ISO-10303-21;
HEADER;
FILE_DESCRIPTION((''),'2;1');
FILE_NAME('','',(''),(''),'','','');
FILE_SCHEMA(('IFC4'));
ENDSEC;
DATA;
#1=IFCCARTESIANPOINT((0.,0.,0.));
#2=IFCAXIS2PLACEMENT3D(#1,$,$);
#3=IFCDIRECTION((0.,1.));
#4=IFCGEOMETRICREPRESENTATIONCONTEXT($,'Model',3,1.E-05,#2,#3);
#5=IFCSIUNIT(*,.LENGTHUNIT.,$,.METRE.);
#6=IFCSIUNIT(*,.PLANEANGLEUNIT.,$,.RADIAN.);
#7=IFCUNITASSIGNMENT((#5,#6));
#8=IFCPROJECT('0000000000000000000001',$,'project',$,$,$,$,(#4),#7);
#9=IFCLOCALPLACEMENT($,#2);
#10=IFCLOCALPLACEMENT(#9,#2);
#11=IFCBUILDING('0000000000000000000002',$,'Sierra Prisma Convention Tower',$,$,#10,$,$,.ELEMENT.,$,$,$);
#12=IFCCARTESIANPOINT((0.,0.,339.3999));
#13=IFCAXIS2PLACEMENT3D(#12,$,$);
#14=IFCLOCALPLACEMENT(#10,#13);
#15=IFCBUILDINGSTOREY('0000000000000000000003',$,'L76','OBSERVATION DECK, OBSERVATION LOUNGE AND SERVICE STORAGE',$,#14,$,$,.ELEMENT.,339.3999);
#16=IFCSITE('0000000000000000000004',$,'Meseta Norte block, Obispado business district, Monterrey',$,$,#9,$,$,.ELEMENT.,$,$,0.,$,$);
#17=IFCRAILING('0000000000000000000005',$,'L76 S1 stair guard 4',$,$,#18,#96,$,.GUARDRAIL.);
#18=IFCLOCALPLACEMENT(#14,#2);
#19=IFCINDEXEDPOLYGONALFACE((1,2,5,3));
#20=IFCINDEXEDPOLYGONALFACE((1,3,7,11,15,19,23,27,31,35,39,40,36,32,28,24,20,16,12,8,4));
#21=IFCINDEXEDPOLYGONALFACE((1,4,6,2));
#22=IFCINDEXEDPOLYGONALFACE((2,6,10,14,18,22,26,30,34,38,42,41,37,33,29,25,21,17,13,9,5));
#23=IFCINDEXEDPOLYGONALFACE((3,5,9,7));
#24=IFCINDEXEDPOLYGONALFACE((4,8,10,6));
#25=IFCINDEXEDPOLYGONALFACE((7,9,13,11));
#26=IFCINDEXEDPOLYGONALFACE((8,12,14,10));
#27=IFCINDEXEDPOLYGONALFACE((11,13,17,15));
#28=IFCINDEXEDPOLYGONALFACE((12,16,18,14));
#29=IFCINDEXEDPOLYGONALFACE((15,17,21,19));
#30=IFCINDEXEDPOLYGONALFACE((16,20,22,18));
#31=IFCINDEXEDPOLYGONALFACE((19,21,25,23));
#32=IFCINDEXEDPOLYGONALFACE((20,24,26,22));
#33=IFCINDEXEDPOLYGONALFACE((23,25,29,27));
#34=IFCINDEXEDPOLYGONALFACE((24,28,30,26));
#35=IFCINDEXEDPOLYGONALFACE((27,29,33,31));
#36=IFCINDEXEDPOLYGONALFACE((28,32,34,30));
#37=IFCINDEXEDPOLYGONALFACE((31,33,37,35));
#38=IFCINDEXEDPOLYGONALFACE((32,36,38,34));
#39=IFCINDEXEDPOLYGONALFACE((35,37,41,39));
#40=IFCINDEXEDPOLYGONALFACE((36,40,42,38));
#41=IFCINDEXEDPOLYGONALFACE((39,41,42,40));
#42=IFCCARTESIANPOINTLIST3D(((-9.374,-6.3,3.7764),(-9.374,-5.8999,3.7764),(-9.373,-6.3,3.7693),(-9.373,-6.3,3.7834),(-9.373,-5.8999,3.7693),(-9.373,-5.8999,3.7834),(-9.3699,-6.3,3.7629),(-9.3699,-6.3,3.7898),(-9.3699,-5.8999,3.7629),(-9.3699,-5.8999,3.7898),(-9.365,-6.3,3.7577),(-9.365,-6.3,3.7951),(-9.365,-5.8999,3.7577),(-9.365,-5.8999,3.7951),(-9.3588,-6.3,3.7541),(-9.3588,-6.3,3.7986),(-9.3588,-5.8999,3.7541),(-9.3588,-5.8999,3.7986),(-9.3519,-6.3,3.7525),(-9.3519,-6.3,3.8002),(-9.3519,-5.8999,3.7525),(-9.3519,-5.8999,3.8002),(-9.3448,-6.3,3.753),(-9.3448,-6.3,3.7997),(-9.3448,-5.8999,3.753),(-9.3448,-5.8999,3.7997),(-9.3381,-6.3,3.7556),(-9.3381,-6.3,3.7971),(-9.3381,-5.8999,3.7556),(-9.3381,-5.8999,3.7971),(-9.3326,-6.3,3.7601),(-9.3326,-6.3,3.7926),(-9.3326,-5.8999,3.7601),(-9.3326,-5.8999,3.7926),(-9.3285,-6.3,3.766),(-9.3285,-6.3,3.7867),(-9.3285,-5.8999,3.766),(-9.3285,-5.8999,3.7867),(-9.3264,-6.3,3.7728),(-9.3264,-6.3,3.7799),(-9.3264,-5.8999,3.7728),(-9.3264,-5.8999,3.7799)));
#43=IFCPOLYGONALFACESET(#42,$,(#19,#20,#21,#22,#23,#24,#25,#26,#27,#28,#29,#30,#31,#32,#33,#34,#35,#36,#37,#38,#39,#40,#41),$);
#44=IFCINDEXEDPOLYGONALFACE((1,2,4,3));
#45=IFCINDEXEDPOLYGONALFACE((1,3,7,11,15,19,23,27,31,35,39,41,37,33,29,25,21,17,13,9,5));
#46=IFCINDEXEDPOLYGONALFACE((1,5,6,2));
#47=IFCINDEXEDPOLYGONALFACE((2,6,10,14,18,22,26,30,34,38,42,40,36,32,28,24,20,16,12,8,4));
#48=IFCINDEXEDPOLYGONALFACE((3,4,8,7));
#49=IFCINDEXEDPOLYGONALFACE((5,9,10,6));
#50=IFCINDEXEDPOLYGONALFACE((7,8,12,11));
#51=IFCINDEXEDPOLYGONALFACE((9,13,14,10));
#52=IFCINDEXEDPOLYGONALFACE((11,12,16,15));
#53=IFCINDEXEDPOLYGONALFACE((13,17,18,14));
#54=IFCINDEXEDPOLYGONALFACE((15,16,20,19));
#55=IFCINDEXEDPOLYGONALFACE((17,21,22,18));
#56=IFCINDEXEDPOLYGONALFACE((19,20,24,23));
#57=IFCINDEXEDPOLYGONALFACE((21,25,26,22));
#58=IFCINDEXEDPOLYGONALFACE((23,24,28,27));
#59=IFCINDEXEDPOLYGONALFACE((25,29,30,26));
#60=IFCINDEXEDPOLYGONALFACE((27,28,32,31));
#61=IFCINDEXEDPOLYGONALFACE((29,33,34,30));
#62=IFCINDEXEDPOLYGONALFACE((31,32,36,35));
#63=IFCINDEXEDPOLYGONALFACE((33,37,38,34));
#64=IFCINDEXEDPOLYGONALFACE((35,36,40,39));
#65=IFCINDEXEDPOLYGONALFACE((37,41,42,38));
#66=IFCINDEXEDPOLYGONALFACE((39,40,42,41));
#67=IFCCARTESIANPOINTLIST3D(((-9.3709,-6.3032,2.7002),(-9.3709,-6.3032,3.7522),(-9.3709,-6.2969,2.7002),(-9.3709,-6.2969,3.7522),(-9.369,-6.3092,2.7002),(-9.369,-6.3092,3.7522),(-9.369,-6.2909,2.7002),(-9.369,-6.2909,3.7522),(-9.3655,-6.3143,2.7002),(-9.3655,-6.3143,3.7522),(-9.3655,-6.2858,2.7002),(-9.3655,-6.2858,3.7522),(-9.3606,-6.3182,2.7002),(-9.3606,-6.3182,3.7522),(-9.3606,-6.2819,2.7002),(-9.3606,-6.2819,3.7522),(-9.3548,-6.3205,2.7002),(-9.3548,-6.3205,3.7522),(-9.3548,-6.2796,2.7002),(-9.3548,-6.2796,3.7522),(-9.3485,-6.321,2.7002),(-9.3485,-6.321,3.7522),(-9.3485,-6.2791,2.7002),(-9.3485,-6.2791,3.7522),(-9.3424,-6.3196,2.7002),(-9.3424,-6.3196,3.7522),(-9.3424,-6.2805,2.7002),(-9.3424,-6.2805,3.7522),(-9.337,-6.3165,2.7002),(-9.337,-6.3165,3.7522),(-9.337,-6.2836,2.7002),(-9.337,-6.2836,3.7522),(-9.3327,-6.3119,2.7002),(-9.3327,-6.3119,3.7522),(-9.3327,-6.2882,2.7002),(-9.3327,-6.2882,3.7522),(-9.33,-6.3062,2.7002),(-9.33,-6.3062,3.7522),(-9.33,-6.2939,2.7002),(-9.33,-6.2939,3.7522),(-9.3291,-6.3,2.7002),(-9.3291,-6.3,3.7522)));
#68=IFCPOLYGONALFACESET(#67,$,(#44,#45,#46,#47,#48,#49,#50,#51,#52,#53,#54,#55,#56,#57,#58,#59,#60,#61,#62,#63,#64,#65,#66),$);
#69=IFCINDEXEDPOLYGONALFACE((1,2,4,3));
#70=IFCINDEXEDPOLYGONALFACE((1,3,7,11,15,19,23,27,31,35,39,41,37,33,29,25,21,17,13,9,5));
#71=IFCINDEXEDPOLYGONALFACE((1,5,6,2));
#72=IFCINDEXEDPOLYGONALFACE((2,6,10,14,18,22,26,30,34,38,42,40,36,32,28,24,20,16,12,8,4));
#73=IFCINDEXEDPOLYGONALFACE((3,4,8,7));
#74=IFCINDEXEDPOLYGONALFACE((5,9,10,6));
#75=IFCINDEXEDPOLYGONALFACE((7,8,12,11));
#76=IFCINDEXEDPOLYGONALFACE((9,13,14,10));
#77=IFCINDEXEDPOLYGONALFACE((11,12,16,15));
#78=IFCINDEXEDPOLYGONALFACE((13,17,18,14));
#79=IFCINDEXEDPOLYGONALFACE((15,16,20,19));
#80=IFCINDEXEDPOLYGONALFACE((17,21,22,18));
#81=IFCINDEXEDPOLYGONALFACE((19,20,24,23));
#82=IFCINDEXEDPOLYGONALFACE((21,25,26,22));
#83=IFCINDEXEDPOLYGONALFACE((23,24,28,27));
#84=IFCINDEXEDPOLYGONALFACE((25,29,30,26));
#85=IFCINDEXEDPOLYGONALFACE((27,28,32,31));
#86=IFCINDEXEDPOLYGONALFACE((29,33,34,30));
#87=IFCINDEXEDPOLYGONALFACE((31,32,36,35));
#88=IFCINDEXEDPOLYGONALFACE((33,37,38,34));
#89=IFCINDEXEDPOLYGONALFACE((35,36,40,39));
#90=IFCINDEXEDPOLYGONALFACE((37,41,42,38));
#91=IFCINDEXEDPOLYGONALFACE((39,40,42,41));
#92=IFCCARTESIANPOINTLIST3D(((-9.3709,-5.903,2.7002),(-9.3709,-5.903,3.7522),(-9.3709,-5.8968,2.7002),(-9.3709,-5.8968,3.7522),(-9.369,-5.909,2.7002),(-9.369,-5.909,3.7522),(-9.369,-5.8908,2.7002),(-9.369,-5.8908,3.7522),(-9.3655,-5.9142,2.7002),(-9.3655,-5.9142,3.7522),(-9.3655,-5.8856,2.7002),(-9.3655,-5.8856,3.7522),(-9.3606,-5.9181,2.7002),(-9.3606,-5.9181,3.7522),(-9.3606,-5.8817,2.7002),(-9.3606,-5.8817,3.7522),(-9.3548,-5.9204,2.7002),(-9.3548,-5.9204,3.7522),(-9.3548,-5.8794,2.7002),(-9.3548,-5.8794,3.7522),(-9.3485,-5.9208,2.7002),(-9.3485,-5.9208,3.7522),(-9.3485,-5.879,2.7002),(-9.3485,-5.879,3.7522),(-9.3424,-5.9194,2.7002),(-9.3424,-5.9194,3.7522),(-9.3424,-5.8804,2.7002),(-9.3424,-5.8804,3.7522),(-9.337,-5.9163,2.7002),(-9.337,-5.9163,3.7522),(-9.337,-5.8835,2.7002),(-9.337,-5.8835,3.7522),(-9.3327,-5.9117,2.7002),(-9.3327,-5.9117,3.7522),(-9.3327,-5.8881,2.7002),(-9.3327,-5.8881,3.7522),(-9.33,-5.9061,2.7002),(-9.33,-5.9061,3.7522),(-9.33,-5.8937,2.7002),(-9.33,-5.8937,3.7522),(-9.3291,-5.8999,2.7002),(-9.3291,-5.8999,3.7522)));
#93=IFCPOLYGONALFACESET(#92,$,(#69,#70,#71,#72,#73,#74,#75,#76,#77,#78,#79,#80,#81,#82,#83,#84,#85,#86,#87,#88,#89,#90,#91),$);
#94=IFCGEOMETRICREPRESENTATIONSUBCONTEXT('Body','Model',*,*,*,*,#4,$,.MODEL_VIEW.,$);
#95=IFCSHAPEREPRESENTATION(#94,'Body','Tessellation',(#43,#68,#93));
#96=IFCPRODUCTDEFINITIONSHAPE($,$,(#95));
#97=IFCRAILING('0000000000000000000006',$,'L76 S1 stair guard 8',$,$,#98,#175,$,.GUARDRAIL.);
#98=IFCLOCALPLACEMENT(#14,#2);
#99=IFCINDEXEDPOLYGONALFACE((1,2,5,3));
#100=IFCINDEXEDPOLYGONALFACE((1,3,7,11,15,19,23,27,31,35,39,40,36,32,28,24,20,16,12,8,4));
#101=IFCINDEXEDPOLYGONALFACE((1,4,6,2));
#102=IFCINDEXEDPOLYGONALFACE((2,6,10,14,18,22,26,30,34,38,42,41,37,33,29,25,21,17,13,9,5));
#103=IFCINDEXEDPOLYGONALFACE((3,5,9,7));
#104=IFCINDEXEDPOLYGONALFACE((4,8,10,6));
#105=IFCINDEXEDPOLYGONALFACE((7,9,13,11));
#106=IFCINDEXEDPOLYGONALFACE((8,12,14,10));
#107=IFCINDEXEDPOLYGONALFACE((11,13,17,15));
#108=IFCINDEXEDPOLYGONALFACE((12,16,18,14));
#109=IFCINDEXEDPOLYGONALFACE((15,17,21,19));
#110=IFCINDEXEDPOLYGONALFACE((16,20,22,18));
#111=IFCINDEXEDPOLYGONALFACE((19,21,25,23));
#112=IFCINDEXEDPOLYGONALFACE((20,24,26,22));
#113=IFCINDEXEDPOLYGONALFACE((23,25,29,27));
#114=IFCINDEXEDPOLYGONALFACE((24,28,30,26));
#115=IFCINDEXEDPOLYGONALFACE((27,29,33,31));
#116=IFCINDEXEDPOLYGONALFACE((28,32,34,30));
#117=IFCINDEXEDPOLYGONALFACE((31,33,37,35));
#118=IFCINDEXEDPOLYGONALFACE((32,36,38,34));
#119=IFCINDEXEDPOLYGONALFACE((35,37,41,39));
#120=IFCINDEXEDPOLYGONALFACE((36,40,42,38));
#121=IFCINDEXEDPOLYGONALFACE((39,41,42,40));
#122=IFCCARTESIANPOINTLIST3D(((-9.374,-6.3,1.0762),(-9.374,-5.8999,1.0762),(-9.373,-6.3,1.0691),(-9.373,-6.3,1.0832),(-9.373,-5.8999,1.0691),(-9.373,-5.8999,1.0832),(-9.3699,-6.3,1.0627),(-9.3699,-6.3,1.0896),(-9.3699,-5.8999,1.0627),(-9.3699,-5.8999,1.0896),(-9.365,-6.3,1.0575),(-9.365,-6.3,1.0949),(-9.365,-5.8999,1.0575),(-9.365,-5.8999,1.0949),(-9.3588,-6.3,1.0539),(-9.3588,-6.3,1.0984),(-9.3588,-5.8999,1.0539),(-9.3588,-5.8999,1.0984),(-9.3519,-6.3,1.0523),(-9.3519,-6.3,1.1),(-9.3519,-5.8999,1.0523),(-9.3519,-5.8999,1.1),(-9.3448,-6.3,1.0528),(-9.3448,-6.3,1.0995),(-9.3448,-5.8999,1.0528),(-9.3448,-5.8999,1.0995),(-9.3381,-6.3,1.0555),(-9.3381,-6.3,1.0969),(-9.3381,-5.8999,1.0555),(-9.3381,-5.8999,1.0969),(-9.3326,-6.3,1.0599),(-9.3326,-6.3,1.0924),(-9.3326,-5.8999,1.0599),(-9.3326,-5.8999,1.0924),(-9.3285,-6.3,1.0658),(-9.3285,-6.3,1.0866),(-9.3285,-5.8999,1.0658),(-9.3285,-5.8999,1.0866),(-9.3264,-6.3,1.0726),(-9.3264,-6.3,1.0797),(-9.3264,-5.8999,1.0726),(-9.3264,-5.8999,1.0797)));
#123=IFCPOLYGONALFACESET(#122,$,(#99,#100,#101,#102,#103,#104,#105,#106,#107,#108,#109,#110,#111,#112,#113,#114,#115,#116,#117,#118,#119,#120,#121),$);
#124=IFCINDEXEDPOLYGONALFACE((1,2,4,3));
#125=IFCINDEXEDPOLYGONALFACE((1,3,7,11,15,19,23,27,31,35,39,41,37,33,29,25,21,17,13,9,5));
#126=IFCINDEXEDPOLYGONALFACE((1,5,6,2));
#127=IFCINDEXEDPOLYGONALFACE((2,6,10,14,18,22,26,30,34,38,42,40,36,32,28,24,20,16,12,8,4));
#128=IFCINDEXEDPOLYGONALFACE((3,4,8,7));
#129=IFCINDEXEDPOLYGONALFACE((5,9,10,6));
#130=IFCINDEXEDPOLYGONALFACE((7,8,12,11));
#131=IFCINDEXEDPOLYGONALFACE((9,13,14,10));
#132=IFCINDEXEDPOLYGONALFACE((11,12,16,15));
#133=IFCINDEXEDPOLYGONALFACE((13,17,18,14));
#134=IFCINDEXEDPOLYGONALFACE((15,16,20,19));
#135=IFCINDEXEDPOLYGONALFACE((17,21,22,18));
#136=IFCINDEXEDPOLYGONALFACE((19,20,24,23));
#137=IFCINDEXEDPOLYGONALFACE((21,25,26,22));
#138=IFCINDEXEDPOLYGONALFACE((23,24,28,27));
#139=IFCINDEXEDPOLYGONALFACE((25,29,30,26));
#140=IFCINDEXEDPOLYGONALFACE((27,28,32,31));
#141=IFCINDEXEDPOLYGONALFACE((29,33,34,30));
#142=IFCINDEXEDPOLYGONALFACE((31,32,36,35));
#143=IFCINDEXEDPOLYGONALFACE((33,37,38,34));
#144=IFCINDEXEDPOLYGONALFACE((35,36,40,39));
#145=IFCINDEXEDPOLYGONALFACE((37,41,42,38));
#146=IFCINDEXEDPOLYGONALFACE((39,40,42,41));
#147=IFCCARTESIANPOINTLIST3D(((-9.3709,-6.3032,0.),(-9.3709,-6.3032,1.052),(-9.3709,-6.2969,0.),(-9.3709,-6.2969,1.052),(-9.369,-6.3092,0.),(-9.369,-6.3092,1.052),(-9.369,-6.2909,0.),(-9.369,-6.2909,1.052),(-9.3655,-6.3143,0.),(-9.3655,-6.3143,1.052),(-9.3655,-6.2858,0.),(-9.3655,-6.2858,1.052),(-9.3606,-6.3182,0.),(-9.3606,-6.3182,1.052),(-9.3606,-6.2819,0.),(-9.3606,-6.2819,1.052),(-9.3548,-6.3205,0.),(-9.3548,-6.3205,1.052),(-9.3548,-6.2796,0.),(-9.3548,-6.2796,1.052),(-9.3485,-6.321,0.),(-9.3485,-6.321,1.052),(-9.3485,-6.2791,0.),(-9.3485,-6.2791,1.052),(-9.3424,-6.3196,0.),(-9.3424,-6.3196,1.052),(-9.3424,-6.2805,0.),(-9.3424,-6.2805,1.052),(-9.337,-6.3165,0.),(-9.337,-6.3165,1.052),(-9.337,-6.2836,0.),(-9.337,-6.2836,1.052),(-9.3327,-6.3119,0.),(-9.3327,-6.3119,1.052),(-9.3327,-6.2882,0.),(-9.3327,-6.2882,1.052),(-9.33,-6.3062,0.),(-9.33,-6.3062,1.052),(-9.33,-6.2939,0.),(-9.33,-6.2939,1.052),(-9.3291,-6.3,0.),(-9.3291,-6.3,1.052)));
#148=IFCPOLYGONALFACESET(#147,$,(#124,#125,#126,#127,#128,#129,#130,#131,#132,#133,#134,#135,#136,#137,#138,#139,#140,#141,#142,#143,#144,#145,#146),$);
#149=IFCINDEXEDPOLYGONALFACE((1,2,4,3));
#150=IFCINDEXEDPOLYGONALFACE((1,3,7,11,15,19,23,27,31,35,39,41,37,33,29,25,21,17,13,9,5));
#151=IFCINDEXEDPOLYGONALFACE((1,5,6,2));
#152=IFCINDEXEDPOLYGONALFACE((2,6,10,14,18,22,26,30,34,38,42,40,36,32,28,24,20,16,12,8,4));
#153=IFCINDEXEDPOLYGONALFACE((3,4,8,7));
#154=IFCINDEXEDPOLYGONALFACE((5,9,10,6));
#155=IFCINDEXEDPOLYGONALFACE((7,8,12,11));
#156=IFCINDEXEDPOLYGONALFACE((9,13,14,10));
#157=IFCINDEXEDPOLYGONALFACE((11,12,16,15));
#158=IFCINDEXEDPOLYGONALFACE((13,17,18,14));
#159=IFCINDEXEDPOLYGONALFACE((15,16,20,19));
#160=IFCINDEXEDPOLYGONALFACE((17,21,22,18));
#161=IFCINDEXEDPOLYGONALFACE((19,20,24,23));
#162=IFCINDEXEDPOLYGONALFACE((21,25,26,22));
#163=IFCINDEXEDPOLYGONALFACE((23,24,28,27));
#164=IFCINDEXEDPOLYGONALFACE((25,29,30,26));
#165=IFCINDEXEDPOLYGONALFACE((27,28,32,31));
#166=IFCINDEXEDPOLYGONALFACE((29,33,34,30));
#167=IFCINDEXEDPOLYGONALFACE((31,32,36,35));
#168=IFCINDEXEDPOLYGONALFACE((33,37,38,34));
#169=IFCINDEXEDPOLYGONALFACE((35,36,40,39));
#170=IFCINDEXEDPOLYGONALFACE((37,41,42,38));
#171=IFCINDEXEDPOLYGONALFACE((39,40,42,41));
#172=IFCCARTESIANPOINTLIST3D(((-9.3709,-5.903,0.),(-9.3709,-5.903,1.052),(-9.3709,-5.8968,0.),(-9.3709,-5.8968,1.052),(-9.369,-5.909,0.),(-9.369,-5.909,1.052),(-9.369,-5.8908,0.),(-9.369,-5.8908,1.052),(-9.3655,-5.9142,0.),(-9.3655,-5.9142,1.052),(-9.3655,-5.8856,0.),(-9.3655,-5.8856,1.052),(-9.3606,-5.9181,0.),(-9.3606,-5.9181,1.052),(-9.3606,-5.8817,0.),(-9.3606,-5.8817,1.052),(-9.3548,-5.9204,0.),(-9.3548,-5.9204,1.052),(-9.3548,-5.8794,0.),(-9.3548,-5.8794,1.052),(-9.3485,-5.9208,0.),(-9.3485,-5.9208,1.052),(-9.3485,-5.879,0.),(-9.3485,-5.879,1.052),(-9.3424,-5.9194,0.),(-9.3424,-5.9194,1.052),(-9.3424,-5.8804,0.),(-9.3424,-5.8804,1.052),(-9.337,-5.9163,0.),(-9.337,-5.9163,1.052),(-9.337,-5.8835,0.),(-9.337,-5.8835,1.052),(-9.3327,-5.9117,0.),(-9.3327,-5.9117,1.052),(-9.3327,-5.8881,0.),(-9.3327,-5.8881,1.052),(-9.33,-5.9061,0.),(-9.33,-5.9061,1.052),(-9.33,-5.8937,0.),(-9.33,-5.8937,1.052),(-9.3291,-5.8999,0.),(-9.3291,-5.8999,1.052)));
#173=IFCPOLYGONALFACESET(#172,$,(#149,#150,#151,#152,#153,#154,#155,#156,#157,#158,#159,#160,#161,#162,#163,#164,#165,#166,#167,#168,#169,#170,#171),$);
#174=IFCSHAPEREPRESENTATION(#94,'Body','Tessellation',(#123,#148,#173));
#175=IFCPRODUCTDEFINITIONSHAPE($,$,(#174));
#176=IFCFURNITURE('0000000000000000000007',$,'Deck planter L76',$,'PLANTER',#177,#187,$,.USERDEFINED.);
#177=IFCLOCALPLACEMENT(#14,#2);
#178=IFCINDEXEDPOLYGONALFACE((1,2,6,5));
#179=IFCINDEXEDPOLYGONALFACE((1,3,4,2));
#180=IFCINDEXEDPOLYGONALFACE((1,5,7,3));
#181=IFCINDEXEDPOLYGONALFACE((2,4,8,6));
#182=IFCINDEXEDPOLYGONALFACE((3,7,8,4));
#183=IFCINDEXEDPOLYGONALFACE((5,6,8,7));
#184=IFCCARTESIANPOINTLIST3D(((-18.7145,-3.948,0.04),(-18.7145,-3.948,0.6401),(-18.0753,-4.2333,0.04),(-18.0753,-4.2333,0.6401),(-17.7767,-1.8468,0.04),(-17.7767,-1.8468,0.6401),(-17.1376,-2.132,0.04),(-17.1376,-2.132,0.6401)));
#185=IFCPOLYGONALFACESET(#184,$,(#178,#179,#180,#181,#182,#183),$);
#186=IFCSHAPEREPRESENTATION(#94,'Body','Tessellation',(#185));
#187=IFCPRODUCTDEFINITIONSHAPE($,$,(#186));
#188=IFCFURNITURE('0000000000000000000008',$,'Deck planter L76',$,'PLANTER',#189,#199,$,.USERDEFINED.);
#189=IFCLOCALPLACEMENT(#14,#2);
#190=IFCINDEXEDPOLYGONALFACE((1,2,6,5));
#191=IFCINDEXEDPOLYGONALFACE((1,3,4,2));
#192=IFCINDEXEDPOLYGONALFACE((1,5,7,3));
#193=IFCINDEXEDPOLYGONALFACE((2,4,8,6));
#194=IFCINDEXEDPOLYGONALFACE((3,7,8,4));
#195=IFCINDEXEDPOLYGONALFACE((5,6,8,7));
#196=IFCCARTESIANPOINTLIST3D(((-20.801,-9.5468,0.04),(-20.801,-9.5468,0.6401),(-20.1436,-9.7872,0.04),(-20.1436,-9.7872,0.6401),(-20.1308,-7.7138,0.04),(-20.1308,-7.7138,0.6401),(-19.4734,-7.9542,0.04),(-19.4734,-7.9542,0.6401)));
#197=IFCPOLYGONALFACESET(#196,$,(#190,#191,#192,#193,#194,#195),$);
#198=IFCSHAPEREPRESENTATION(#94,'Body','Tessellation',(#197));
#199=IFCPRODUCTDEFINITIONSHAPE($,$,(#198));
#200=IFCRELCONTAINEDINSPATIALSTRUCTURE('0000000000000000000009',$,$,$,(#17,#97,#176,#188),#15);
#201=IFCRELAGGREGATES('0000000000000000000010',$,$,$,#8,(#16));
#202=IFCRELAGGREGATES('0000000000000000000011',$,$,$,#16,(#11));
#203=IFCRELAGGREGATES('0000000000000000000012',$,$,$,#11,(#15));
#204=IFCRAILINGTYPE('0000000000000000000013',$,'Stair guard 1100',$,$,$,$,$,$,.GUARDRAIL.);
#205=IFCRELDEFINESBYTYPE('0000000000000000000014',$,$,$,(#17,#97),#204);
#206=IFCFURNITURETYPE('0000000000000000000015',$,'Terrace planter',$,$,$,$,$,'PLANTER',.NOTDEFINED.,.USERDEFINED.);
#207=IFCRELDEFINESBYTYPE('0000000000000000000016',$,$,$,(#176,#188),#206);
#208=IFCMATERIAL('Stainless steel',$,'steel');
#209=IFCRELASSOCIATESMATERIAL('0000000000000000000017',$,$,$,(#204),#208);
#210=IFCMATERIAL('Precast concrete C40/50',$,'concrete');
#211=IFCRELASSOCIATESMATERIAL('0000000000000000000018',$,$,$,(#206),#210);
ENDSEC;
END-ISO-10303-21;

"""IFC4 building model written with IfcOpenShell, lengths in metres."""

from ifc_helpers import new_model, si_unit, direction, frame, origin, origin_2d, place, context, subcontext, project, spatial, rectangle, circle, extrude, material, type_object, element, save


model = new_model("IFC4")

# Units and contexts
model_context = context("Model", 3, precision=1e-05, world=origin(), true_north=direction((0.0, 1.0)))
body_context = subcontext(model_context, "Body", "Model", "MODEL_VIEW")
ifc_project = project(units=[si_unit("LENGTHUNIT", "METRE"), si_unit("PLANEANGLEUNIT", "RADIAN")], contexts=[model_context])

# Site, building, storey
site_placement = place(None, origin())
site = spatial("IfcSite", under=ifc_project, at=site_placement, Name="Meseta Norte block, Obispado business district, Monterrey", CompositionType="ELEMENT", RefElevation=0.0)
building_placement = place(site_placement, origin())
building = spatial("IfcBuilding", under=site, at=building_placement, Name="Sierra Prisma Convention Tower", CompositionType="ELEMENT")
storey_placement = place(building_placement, frame((0.0, 0.0, 339.3999)))
storey = spatial("IfcBuildingStorey", under=building, at=storey_placement, Name="L76", Description="OBSERVATION DECK, OBSERVATION LOUNGE AND SERVICE STORAGE", CompositionType="ELEMENT", Elevation=339.3999)

# Railings
ifc_material_1 = material(Name="Stainless steel", Category="steel")
railing_type_1 = type_object("IfcRailingType", Name="Stair guard 1100", PredefinedType="GUARDRAIL", material=ifc_material_1)
for number, where, name in (
    (1, (-9.3501, -6.3, 2.7002), "L76 S1 stair guard 4"),
    (2, (-9.3501, -6.3, 0.0), "L76 S1 stair guard 8"),
):
    element("IfcRailing", number, at=place(storey_placement, frame(where)), inside=storey, type_object=railing_type_1, Name=name, PredefinedType="GUARDRAIL", context=body_context, shape_type="SweptSolid", body=[
        extrude(circle(Radius=0.0239, at=origin_2d()), frame((0.0, 0.0, 1.0762), z_axis=(0.0, 1.0, 0.0), x_axis=(-1.0, 0.0, 0.0)), (0.0, 0.0, 1.0), 0.4001),
        extrude(circle(Radius=0.021, at=origin_2d()), origin(), (0.0, 0.0, 1.0), 1.052),
        extrude(circle(Radius=0.021, at=origin_2d()), frame((0.0, 0.4001, 0.0)), (0.0, 0.0, 1.0), 1.052),
    ])

# Furniture
ifc_material_2 = material(Name="Precast concrete C40/50", Category="concrete")
furniture_type = type_object("IfcFurnitureType", Name="Terrace planter", ElementType="PLANTER", AssemblyPlace="NOTDEFINED", PredefinedType="USERDEFINED", material=ifc_material_2)
furniture_1_placement = place(storey_placement, frame((-17.926, -3.04, 0.04), z_axis=(0.0, 0.0, 1.0), x_axis=(-0.407534, -0.91319, 0.0)))
element("IfcFurniture", 3, at=furniture_1_placement, inside=storey, type_object=furniture_type, Name="Deck planter L76", ObjectType="PLANTER", PredefinedType="USERDEFINED", context=body_context, shape_type="SweptSolid", body=[
    extrude(rectangle(XDim=2.301, YDim=0.7, at=origin_2d()), origin(), (0.0, 0.0, 1.0), 0.6001),
])
furniture_2_placement = place(storey_placement, frame((-20.1372, -8.7505, 0.04), z_axis=(0.0, 0.0, 1.0), x_axis=(-0.343388, -0.939194, 0.0)))
element("IfcFurniture", 4, at=furniture_2_placement, inside=storey, type_object=furniture_type, Name="Deck planter L76", ObjectType="PLANTER", PredefinedType="USERDEFINED", context=body_context, shape_type="SweptSolid", body=[
    extrude(rectangle(XDim=1.9517, YDim=0.7, at=origin_2d()), origin(), (0.0, 0.0, 1.0), 0.6001),
])

save(model, "model.ifc")
